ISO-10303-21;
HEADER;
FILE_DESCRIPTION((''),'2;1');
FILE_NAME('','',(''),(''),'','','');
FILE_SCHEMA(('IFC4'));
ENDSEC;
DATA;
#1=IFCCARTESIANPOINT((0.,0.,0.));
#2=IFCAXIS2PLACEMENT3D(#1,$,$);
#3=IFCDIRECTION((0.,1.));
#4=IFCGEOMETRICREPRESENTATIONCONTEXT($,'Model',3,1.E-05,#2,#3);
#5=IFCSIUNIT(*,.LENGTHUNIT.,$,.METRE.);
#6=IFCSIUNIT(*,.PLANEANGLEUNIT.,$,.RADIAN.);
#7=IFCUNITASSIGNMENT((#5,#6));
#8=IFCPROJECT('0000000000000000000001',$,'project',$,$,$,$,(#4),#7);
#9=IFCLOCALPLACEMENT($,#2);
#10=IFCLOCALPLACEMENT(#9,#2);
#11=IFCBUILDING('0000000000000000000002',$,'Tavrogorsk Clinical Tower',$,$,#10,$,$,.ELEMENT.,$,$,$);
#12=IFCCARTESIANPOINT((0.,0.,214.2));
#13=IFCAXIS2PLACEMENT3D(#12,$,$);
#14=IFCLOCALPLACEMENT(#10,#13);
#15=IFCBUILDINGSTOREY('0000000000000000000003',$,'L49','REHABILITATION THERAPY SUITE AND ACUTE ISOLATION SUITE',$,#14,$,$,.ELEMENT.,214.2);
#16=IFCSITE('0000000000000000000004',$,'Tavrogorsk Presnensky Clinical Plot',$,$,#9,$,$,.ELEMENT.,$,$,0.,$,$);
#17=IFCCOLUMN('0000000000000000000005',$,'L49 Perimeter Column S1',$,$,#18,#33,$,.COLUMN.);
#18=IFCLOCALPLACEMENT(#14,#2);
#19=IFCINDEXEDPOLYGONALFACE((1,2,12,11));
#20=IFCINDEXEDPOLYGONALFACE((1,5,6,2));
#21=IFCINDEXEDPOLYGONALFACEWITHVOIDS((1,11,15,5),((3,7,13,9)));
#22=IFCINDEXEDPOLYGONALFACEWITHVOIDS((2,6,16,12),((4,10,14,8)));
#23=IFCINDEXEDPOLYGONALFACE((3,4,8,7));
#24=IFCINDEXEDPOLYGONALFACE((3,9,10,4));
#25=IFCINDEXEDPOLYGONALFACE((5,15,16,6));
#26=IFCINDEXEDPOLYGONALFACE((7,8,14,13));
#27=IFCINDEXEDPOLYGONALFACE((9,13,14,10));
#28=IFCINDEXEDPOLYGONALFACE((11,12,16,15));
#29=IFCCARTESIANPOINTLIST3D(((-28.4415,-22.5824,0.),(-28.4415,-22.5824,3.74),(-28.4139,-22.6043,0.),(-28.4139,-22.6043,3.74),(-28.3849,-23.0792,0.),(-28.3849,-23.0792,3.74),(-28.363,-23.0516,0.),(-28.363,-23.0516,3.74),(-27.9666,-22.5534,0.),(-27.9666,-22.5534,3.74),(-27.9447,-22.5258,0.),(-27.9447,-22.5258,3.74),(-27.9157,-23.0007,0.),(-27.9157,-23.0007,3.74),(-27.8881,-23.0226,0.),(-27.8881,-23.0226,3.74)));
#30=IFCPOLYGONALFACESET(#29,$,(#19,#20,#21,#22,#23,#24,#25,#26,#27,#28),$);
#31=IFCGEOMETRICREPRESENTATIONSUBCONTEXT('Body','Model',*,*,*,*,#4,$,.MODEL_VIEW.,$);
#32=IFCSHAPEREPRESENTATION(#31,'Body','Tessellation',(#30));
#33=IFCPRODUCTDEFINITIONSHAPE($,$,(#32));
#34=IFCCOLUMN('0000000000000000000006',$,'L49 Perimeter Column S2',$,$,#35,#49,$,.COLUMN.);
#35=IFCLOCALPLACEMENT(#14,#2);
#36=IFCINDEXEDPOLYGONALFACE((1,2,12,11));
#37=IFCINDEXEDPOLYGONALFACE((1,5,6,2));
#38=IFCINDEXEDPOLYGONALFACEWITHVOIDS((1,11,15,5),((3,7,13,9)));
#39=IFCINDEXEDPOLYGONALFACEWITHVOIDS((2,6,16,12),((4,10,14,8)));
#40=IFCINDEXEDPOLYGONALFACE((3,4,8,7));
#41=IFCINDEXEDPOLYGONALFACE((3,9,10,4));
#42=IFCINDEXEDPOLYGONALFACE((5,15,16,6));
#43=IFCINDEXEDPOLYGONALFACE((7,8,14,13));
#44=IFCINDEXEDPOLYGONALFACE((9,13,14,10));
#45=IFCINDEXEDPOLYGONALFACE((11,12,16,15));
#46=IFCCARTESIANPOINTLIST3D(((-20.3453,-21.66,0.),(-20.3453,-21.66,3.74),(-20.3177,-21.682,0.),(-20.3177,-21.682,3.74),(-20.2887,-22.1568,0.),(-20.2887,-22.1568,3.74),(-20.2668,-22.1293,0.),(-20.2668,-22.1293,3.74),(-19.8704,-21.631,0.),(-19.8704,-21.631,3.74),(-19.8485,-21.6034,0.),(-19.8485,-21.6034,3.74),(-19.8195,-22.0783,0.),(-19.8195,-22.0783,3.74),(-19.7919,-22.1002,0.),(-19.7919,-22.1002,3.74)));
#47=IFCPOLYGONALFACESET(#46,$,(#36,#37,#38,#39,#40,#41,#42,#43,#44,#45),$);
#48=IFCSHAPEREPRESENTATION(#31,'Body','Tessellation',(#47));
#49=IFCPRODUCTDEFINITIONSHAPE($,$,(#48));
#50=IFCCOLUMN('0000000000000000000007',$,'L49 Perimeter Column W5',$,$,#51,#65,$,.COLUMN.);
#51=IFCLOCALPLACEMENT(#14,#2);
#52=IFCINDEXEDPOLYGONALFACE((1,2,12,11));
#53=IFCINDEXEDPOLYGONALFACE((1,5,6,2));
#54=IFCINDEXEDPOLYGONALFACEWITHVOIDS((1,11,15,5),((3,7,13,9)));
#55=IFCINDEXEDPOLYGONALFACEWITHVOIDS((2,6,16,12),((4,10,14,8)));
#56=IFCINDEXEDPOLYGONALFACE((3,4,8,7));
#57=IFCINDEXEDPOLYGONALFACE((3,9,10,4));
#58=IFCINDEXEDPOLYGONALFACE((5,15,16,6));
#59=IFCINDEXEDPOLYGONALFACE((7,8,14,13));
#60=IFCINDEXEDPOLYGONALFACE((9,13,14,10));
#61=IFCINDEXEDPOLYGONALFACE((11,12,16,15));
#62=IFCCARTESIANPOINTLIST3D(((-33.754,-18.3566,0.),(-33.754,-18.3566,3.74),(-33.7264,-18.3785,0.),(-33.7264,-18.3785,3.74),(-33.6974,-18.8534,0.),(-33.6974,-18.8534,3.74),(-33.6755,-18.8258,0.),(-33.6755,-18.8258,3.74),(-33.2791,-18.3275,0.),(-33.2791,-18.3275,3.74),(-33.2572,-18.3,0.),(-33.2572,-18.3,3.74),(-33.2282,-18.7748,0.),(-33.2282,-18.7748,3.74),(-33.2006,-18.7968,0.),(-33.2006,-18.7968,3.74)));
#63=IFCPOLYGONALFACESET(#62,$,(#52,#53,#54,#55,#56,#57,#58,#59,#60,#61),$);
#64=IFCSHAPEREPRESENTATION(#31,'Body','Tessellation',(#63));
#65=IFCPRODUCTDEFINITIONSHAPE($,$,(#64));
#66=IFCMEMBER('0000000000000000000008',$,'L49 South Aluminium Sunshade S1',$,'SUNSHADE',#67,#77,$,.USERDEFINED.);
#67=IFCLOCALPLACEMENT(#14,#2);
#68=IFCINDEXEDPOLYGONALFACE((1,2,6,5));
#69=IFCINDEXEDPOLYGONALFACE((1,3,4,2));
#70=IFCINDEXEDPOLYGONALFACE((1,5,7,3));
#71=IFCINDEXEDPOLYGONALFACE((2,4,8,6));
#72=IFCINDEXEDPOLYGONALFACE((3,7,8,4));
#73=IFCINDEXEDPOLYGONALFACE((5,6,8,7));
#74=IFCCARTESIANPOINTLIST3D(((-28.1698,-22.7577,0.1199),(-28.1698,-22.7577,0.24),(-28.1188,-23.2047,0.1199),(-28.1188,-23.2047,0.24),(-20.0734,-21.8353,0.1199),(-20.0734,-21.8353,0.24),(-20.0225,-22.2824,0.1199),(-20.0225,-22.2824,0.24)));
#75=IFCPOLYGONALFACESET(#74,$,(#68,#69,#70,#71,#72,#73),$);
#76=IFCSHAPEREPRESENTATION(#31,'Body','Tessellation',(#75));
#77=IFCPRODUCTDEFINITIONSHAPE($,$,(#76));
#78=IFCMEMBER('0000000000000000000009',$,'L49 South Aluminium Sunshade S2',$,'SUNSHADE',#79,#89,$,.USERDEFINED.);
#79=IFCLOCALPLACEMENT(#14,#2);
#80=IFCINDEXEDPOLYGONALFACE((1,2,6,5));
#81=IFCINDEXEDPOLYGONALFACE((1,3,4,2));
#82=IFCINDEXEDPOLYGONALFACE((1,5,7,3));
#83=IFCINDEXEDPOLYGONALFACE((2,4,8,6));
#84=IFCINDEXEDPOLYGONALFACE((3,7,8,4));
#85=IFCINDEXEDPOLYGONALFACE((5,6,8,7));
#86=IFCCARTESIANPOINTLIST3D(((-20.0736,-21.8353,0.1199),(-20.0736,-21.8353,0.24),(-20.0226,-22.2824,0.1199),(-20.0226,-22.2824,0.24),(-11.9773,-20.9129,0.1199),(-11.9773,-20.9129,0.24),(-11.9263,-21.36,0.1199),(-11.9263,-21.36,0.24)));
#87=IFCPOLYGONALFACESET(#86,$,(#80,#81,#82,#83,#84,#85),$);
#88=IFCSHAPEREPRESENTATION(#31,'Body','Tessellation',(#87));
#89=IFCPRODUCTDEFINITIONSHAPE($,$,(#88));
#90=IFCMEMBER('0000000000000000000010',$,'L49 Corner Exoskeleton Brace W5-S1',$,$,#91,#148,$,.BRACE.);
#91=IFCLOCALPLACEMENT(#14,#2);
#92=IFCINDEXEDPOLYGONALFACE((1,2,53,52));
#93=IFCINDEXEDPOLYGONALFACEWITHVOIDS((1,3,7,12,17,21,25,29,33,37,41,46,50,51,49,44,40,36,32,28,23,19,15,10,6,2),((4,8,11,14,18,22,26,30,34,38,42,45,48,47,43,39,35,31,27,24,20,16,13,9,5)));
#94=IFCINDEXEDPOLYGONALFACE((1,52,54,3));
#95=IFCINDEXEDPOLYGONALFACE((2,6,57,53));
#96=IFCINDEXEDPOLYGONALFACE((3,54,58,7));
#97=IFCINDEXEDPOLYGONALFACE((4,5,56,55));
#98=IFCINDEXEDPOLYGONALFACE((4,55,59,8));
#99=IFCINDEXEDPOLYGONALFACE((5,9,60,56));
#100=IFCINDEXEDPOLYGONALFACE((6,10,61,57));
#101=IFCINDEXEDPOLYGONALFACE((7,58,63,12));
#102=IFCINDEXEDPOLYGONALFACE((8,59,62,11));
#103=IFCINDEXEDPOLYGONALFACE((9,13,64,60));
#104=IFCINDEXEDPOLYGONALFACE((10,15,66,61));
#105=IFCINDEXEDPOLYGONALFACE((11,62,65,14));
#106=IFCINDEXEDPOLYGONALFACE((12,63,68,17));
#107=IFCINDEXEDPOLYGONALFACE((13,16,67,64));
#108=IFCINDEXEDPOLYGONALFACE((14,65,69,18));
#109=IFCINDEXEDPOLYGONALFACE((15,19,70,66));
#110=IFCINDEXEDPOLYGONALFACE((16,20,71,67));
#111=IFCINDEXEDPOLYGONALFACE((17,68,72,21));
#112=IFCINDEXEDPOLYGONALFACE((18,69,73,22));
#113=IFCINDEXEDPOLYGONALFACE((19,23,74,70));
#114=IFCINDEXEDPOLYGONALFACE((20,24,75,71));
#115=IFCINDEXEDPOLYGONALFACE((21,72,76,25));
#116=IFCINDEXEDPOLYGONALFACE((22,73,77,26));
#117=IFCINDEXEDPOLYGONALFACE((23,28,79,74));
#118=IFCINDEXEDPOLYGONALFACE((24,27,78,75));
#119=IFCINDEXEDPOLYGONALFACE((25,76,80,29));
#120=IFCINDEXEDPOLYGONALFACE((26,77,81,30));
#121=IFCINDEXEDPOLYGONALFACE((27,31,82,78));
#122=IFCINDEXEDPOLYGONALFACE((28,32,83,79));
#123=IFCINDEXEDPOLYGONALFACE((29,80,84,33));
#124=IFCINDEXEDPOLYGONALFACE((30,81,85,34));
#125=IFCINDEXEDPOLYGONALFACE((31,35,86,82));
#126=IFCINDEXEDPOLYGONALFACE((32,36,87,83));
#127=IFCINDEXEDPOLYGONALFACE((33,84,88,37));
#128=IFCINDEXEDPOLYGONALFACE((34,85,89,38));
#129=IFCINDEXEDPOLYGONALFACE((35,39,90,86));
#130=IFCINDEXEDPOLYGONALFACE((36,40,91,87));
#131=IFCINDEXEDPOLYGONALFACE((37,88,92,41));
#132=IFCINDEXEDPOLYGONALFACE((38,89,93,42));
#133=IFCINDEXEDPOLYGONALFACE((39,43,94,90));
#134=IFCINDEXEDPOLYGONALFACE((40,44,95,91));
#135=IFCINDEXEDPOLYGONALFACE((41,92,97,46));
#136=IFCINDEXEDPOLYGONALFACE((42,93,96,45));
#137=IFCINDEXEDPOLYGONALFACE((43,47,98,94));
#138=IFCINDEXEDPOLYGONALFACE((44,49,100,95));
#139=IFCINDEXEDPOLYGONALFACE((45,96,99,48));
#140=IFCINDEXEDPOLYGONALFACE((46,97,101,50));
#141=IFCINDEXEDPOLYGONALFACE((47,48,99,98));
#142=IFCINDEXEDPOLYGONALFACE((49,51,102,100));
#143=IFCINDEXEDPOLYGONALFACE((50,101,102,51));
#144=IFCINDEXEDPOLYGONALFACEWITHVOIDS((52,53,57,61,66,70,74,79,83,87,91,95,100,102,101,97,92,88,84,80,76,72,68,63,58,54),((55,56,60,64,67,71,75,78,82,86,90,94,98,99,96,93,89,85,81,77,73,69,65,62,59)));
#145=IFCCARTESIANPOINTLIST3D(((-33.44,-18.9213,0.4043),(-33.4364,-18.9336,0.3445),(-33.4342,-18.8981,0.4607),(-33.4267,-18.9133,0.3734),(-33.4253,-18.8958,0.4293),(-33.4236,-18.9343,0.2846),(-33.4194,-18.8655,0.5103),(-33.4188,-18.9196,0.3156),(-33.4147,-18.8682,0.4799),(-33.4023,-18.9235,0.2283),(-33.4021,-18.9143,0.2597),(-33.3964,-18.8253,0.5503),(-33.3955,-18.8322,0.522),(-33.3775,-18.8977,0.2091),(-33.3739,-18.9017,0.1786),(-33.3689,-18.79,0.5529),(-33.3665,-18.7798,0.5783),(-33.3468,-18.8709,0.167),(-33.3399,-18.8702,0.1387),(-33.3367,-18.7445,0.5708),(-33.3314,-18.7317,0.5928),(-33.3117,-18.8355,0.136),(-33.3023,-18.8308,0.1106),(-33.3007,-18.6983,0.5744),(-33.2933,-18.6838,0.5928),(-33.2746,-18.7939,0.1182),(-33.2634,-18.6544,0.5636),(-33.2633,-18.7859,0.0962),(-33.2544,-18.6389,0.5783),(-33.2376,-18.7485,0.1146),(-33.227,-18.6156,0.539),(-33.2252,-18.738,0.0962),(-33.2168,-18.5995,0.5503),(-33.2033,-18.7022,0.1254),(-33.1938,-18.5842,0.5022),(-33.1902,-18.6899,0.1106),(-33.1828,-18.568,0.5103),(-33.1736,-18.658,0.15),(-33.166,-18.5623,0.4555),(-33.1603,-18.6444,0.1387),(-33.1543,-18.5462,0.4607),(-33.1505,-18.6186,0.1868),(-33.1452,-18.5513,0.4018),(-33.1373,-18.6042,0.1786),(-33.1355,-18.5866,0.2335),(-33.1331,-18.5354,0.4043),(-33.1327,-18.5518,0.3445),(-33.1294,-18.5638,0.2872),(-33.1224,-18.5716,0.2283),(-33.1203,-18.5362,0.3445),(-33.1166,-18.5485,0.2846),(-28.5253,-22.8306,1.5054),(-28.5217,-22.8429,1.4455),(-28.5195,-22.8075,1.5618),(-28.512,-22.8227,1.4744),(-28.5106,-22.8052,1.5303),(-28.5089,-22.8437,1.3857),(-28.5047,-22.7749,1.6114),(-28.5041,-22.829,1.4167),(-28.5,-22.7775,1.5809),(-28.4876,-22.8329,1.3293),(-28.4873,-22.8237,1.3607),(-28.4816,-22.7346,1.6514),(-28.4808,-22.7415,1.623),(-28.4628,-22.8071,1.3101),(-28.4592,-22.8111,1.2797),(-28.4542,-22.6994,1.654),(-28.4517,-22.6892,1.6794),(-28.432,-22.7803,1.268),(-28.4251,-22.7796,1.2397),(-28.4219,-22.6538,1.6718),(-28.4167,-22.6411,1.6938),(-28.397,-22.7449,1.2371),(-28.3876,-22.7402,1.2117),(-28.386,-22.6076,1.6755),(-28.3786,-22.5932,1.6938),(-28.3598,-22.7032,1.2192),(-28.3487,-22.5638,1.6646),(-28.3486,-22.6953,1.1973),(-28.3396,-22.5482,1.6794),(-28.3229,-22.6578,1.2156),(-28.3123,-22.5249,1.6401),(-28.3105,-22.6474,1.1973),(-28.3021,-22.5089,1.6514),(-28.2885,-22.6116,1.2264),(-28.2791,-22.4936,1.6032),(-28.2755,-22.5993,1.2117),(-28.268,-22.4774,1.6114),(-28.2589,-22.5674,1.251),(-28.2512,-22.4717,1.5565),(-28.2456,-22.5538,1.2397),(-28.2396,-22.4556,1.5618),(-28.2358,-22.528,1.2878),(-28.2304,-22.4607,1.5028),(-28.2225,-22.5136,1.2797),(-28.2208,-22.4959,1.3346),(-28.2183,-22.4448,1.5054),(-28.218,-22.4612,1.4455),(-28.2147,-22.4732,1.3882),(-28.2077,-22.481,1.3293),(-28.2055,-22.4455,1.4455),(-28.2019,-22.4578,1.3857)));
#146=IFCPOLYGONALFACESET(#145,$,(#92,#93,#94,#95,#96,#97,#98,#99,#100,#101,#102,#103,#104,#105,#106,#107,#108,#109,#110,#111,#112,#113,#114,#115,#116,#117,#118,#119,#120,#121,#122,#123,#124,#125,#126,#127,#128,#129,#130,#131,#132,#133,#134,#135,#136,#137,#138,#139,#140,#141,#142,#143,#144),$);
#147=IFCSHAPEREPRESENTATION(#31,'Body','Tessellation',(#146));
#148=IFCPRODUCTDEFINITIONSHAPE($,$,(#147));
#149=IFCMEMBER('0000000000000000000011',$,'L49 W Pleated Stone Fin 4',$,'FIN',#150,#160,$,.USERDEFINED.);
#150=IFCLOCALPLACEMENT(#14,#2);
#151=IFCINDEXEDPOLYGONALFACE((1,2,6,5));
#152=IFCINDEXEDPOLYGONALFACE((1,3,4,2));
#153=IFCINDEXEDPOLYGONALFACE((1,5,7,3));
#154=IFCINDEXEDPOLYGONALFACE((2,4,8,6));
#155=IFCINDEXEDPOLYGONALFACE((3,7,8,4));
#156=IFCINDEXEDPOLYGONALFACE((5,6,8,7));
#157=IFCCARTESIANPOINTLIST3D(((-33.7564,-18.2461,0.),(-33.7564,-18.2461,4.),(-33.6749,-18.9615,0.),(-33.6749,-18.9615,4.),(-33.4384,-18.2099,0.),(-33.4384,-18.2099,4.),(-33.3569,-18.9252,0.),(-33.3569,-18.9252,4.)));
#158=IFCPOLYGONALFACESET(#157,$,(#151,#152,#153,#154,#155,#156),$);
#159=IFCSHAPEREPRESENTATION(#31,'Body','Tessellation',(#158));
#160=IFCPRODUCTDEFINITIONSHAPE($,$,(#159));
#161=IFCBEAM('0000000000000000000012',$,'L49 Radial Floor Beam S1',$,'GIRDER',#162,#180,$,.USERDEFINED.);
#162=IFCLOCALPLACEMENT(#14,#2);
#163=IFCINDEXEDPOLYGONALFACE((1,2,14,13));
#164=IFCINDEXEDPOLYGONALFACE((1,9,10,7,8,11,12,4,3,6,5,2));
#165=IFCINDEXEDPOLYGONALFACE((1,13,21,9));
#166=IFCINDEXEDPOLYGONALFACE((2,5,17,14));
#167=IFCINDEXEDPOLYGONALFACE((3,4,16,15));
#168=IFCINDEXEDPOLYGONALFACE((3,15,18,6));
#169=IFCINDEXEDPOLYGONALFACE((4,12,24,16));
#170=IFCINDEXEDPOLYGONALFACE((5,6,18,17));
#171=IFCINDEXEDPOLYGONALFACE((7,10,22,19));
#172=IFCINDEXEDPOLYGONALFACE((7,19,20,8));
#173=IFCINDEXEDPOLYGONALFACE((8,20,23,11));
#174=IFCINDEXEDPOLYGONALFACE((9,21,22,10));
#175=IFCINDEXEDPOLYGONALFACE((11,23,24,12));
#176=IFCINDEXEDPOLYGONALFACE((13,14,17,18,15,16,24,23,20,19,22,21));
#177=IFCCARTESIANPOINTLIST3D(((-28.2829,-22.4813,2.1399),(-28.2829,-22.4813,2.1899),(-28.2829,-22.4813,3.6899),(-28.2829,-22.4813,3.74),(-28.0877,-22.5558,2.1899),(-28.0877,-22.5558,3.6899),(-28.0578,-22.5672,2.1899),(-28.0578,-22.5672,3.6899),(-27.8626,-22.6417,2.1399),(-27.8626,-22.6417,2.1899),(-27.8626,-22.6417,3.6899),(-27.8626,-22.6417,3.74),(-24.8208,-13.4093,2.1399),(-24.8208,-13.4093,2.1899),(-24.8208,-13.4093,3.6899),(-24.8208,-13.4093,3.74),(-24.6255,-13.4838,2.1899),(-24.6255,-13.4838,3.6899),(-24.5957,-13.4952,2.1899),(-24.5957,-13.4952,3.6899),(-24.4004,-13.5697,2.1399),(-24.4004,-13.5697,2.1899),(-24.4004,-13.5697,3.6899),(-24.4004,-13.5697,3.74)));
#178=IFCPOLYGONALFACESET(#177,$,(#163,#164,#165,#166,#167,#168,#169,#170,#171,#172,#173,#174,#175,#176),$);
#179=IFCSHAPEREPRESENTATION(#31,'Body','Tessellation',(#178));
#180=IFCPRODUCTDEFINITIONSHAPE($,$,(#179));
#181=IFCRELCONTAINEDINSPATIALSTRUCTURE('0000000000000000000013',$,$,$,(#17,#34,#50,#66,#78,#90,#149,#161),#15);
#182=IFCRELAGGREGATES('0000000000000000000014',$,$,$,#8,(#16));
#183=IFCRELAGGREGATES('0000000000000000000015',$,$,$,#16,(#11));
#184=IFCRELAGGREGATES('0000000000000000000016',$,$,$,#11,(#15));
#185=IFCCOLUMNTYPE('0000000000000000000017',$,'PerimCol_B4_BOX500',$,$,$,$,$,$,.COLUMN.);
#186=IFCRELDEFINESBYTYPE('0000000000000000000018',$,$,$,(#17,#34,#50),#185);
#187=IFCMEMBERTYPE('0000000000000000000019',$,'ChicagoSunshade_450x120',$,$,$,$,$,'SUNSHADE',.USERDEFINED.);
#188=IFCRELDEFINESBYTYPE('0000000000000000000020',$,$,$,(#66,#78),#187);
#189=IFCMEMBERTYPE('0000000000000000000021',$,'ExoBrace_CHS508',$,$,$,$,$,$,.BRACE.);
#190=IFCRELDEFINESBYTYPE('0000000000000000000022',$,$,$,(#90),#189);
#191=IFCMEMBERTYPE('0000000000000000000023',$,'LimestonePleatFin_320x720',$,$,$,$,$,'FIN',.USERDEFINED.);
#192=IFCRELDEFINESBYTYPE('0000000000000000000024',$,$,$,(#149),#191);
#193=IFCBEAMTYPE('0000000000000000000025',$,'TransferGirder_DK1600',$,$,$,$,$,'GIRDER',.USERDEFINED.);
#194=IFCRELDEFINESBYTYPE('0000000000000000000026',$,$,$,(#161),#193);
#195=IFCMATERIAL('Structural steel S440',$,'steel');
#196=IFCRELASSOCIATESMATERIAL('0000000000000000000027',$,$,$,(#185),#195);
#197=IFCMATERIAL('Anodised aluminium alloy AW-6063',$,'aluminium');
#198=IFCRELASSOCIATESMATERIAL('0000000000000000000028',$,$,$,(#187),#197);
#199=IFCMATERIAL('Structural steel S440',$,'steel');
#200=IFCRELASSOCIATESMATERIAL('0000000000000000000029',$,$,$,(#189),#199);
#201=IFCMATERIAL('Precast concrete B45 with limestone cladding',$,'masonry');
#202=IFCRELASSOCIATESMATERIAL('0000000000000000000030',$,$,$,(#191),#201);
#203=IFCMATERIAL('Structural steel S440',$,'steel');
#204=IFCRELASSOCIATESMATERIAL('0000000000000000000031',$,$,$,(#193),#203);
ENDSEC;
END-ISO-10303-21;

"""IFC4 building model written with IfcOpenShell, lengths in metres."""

from ifc_helpers import new_model, si_unit, direction, frame, origin, origin_2d, place, context, subcontext, project, spatial, rectangle, hollow_rectangle, hollow_circle, i_section, extrude, material, material_profile, profile_set, type_object, element, save


model = new_model("IFC4")

# Units and contexts
model_context = context("Model", 3, precision=1e-05, world=origin(), true_north=direction((0.0, 1.0)))
body_context = subcontext(model_context, "Body", "Model", "MODEL_VIEW")
ifc_project = project(units=[si_unit("LENGTHUNIT", "METRE"), si_unit("PLANEANGLEUNIT", "RADIAN")], contexts=[model_context])

# Site, building, storey
site_placement = place(None, origin())
site = spatial("IfcSite", under=ifc_project, at=site_placement, Name="Tavrogorsk Presnensky Clinical Plot", CompositionType="ELEMENT", RefElevation=0.0)
building_placement = place(site_placement, origin())
building = spatial("IfcBuilding", under=site, at=building_placement, Name="Tavrogorsk Clinical Tower", CompositionType="ELEMENT")
storey_placement = place(building_placement, frame((0.0, 0.0, 214.2)))
storey = spatial("IfcBuildingStorey", under=building, at=storey_placement, Name="L49", Description="REHABILITATION THERAPY SUITE AND ACUTE ISOLATION SUITE", CompositionType="ELEMENT", Elevation=214.2)

# Columns
ifc_material_1 = material(Name="Structural steel S440", Category="steel")
ifc_material_profile_1 = material_profile(ifc_material_1, hollow_rectangle(XDim=0.5, YDim=0.5, WallThickness=0.0249, at=origin_2d()), Name="BOX-500x500x25")
ifc_profile_set_1 = profile_set([ifc_material_profile_1], Name="Structural steel S440")
column_type = type_object("IfcColumnType", Name="PerimCol_B4_BOX500", PredefinedType="COLUMN", material=ifc_profile_set_1)
for number, where, z_axis, x_axis, name in (
    (1, (-28.1648, -22.8025, 0.0), (0.0, 0.0, 1.0), (0.993572, 0.113203, 0.0), "L49 Perimeter Column S1"),
    (2, (-20.0686, -21.8801, 0.0), (0.0, 0.0, 1.0), (0.993572, 0.113203, 0.0), "L49 Perimeter Column S2"),
    (3, (-33.4773, -18.5767, 0.0), (0.0, 0.0, 1.0), (0.993572, 0.113203, 0.0), "L49 Perimeter Column W5"),
):
    element("IfcColumn", number, at=place(storey_placement, frame(where, z_axis=z_axis, x_axis=x_axis)), inside=storey, type_object=column_type, Name=name, PredefinedType="COLUMN", context=body_context, shape_type="SweptSolid", body=[
        extrude(hollow_rectangle(XDim=0.5, YDim=0.5, WallThickness=0.0249, at=origin_2d()), origin(), (0.0, 0.0, 1.0), 3.74),
    ])

# Members
ifc_material_2 = material(Name="Anodised aluminium alloy AW-6063", Category="aluminium")
ifc_material_profile_2 = material_profile(ifc_material_2, rectangle(XDim=0.45, YDim=0.1201, at=origin_2d()), Name="ALU-SUNSHADE-450x120")
ifc_profile_set_2 = profile_set([ifc_material_profile_2], Name="Anodised aluminium alloy AW-6063")
member_type_1 = type_object("IfcMemberType", Name="ChicagoSunshade_450x120", ElementType="SUNSHADE", PredefinedType="USERDEFINED", material=ifc_profile_set_2)
for number, where, z_axis, x_axis, name in (
    (4, (-28.1443, -22.9812, 0.1799), (0.993573, 0.113193, 0.0), (-0.113193, 0.993573, 0.0), "L49 South Aluminium Sunshade S1"),
    (5, (-20.0481, -22.0588, 0.1799), (0.993573, 0.113193, 0.0), (-0.113193, 0.993573, 0.0), "L49 South Aluminium Sunshade S2"),
):
    element("IfcMember", number, at=place(storey_placement, frame(where, z_axis=z_axis, x_axis=x_axis)), inside=storey, type_object=member_type_1, Name=name, ObjectType="SUNSHADE", PredefinedType="USERDEFINED", context=body_context, shape_type="SweptSolid", body=[
        extrude(rectangle(XDim=0.45, YDim=0.1201, at=origin_2d()), origin(), (0.0, 0.0, 1.0), 8.1487),
    ])
ifc_material_3 = material(Name="Structural steel S440", Category="steel")
ifc_material_profile_3 = material_profile(ifc_material_3, hollow_circle(Radius=0.2539, WallThickness=0.02, at=origin_2d()), Name="CHS-508x20")
ifc_profile_set_3 = profile_set([ifc_material_profile_3], Name="Structural steel S440")
member_type_2 = type_object("IfcMemberType", Name="ExoBrace_CHS508", PredefinedType="BRACE", material=ifc_profile_set_3)
member_1_placement = place(storey_placement, frame((-33.2783, -18.7349, 0.3445), z_axis=(0.770848, -0.613163, 0.172695), x_axis=(0.622517, 0.782607, 0.0)))
element("IfcMember", 6, at=member_1_placement, inside=storey, type_object=member_type_2, Name="L49 Corner Exoskeleton Brace W5-S1", PredefinedType="BRACE", context=body_context, shape_type="SweptSolid", body=[
    extrude(hollow_circle(Radius=0.2539, WallThickness=0.02, at=origin_2d()), origin(), (0.0, 0.0, 1.0), 6.3757),
])
ifc_material_4 = material(Name="Precast concrete B45 with limestone cladding", Category="masonry")
ifc_material_profile_4 = material_profile(ifc_material_4, rectangle(XDim=0.3201, YDim=0.72, at=origin_2d()), Name="LIMESTONE-FIN-320x720")
ifc_profile_set_4 = profile_set([ifc_material_profile_4], Name="Precast concrete B45 with limestone cladding")
member_type_3 = type_object("IfcMemberType", Name="LimestonePleatFin_320x720", ElementType="FIN", PredefinedType="USERDEFINED", material=ifc_profile_set_4)
member_2_placement = place(storey_placement, frame((-33.5566, -18.5857, 0.0), z_axis=(0.0, 0.0, 1.0), x_axis=(0.993572, 0.113203, 0.0)))
element("IfcMember", 7, at=member_2_placement, inside=storey, type_object=member_type_3, Name="L49 W Pleated Stone Fin 4", ObjectType="FIN", PredefinedType="USERDEFINED", context=body_context, shape_type="SweptSolid", body=[
    extrude(rectangle(XDim=0.3201, YDim=0.72, at=origin_2d()), origin(), (0.0, 0.0, 1.0), 4.0),
])

# Beam
ifc_material_5 = material(Name="Structural steel S440", Category="steel")
ifc_material_profile_5 = material_profile(ifc_material_5, i_section(OverallWidth=0.45, OverallDepth=1.6001, WebThickness=0.032, FlangeThickness=0.05, at=origin_2d()), Name="DK-1600x450x32x50")
ifc_profile_set_5 = profile_set([ifc_material_profile_5], Name="Structural steel S440")
beam_type_1 = type_object("IfcBeamType", Name="TransferGirder_DK1600", ElementType="GIRDER", PredefinedType="USERDEFINED", material=ifc_profile_set_5)
beam_1_placement = place(storey_placement, frame((-24.6106, -13.4895, 2.9399), z_axis=(-0.356548, -0.934277, 0.0), x_axis=(0.934277, -0.356548, 0.0)))
element("IfcBeam", 8, at=beam_1_placement, inside=storey, type_object=beam_type_1, Name="L49 Radial Floor Beam S1", ObjectType="GIRDER", PredefinedType="USERDEFINED", context=body_context, shape_type="SweptSolid", body=[
    extrude(i_section(OverallWidth=0.45, OverallDepth=1.6001, WebThickness=0.032, FlangeThickness=0.05, at=origin_2d()), origin(), (0.0, 0.0, 1.0), 9.7102),
])

save(model, "model.ifc")
